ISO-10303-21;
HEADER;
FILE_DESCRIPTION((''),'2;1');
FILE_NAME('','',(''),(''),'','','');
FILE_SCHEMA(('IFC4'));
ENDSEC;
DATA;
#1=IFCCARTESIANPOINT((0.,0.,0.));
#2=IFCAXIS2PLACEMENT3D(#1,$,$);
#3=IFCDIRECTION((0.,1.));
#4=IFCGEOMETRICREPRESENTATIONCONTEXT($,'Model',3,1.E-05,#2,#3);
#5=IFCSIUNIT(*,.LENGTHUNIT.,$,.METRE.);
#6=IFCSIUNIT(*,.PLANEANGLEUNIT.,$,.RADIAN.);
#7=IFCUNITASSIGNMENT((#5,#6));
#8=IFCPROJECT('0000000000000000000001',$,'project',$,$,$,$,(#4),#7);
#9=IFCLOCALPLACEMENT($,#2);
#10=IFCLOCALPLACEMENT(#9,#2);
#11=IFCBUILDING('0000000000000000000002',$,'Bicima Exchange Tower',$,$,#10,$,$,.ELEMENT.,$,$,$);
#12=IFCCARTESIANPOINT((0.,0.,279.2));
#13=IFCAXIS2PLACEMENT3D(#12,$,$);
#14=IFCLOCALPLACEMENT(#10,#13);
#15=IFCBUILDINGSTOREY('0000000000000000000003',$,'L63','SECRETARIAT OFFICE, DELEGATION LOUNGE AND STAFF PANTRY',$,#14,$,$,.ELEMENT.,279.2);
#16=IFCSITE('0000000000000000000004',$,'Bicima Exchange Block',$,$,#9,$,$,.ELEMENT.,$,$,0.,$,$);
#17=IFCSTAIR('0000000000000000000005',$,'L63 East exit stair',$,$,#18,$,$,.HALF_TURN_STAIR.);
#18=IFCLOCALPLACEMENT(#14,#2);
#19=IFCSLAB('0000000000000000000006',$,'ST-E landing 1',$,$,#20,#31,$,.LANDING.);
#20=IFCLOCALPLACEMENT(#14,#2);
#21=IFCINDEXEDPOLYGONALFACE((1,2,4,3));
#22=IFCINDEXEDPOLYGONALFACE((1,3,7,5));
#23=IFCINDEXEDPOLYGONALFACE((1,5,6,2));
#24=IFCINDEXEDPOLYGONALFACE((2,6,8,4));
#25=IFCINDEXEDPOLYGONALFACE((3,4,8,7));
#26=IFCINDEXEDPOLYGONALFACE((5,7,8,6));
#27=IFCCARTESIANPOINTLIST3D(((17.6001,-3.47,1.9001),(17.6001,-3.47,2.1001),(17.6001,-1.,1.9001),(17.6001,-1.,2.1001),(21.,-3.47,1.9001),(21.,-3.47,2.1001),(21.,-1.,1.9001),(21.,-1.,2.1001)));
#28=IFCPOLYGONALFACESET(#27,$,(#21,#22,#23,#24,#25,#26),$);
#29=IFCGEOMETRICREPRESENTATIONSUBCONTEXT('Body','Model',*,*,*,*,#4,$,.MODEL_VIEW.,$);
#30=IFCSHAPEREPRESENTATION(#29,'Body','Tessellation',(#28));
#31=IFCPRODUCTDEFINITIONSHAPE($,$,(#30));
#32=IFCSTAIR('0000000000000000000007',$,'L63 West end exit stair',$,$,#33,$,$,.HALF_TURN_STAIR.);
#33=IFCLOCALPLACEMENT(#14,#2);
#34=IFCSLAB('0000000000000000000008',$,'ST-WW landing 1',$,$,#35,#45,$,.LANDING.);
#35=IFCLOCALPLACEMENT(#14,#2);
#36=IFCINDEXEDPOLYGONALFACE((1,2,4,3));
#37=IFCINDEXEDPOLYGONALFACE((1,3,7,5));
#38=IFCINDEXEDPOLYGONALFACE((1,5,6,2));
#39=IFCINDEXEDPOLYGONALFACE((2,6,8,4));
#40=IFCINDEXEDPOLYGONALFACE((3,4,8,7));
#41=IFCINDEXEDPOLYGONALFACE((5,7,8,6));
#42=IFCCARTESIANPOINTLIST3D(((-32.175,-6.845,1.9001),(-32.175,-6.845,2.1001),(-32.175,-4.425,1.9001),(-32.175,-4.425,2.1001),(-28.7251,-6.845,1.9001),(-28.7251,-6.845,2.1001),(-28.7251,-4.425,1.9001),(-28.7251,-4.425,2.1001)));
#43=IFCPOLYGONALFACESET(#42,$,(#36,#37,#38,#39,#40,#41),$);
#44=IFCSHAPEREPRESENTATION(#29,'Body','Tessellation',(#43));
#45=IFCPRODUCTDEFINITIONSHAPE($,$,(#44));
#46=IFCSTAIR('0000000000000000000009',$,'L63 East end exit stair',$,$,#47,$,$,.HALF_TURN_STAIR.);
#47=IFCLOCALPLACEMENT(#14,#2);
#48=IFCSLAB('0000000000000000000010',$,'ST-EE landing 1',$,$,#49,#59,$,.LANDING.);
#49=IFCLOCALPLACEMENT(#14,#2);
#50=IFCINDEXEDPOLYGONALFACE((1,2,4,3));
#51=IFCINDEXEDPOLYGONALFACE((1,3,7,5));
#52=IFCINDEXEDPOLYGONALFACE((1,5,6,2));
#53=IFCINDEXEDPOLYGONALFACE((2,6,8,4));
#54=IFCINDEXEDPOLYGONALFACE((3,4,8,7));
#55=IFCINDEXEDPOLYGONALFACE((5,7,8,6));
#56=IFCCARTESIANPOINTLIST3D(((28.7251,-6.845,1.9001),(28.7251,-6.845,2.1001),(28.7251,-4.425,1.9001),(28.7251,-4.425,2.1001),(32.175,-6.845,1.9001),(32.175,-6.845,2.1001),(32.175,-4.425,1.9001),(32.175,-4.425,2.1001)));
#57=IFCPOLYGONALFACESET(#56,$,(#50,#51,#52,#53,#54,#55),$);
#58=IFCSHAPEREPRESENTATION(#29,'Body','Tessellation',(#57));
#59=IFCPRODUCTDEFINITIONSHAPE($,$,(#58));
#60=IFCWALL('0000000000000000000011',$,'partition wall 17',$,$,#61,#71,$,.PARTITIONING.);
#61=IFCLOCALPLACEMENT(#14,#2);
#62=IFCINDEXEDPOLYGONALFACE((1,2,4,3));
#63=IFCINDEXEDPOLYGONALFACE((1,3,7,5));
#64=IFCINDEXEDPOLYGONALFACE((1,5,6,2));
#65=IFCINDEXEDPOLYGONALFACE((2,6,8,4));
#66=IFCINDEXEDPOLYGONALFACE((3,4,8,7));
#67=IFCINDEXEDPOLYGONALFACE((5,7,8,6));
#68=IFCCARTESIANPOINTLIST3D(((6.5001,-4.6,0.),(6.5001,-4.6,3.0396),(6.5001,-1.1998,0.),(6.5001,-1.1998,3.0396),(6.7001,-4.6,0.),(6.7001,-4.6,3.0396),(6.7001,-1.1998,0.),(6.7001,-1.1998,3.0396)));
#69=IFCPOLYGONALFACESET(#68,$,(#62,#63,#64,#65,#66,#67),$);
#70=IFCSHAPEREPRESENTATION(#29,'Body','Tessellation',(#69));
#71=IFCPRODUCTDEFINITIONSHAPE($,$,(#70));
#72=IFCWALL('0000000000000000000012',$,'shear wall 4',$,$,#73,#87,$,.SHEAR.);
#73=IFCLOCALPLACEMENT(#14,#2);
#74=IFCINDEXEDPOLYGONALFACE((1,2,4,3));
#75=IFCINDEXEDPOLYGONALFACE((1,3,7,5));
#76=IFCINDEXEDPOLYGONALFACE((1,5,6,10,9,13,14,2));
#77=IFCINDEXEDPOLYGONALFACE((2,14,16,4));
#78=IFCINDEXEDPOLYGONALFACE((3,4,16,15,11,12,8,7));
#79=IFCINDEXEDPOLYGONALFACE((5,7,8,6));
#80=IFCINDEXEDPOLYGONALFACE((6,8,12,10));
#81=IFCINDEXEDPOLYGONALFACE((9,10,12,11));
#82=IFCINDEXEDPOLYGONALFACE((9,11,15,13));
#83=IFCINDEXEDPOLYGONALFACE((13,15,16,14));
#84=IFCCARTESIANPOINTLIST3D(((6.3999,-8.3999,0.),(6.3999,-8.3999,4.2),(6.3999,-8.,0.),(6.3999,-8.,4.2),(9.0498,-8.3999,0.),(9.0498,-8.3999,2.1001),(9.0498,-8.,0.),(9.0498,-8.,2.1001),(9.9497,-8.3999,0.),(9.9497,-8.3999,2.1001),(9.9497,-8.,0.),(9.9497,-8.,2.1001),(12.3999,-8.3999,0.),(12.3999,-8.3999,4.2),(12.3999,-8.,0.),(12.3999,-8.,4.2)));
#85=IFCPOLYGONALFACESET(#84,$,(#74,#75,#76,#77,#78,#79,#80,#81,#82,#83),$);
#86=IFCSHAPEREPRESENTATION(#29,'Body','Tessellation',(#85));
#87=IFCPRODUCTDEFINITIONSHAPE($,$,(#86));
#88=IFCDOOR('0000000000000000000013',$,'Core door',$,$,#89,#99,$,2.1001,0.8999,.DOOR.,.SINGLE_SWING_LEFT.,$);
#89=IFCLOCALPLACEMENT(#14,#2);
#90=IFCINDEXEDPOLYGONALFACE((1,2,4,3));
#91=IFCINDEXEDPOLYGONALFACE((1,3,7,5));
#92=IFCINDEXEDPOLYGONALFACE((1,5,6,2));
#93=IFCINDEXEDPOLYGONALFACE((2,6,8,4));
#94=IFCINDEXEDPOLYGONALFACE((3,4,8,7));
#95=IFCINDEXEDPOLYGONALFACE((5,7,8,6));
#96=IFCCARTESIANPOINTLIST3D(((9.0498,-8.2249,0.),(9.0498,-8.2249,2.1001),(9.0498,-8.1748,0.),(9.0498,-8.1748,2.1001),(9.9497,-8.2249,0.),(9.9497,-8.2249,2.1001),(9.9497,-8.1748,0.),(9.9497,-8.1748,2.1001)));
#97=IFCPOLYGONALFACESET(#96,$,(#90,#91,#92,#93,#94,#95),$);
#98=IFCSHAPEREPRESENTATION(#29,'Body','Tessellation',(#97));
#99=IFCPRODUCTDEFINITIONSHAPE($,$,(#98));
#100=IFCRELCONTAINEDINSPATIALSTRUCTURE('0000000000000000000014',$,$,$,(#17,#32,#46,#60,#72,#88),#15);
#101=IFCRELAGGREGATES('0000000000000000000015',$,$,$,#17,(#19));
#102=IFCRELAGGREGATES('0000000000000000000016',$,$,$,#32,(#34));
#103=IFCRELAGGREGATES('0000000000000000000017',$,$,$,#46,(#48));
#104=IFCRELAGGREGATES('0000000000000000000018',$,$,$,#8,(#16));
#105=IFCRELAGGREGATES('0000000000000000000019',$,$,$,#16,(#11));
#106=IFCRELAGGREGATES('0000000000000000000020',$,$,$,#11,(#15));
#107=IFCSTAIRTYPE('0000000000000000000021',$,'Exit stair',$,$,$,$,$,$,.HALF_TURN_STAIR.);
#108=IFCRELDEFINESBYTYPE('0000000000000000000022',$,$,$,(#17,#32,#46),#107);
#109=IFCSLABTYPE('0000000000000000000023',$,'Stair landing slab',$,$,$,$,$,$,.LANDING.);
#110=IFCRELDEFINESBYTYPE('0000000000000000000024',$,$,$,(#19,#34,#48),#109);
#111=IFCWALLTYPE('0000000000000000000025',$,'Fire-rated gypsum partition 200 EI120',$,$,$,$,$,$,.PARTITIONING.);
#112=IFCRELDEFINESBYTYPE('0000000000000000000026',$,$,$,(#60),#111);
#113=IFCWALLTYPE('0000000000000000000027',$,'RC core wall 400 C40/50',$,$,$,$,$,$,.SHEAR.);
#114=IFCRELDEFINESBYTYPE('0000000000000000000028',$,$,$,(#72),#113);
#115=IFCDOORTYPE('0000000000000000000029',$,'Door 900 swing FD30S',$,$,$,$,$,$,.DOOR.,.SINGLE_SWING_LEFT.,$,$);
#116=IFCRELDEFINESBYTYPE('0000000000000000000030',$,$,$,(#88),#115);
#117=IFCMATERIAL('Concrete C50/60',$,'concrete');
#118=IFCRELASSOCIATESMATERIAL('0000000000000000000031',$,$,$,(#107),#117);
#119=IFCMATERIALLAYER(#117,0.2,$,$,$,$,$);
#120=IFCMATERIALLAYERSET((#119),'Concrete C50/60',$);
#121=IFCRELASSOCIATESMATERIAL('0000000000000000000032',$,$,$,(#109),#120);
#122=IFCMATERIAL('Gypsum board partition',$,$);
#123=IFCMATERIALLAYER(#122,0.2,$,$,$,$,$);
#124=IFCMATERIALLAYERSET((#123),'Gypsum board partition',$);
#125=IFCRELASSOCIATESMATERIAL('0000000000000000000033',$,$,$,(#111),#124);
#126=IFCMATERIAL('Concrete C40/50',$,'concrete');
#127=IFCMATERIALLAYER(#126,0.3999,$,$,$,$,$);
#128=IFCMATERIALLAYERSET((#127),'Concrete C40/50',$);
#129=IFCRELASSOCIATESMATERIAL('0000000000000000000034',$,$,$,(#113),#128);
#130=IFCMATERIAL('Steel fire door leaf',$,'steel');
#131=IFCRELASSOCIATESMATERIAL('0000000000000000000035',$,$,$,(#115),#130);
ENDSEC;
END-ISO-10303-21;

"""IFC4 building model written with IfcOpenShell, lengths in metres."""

from ifc_helpers import new_model, si_unit, direction, frame, frame_2d, origin, place, context, subcontext, project, spatial, polyline, rectangle, outline, extrude, material, layer, layer_set, type_object, element, fill, aggregate, save


model = new_model("IFC4")

# Units and contexts
model_context = context("Model", 3, precision=1e-05, world=origin(), true_north=direction((0.0, 1.0)))
body_context = subcontext(model_context, "Body", "Model", "MODEL_VIEW")
ifc_project = project(units=[si_unit("LENGTHUNIT", "METRE"), si_unit("PLANEANGLEUNIT", "RADIAN")], contexts=[model_context])

# Site, building, storey
site_placement = place(None, origin())
site = spatial("IfcSite", under=ifc_project, at=site_placement, Name="Bicima Exchange Block", CompositionType="ELEMENT", RefElevation=0.0)
building_placement = place(site_placement, origin())
building = spatial("IfcBuilding", under=site, at=building_placement, Name="Bicima Exchange Tower", CompositionType="ELEMENT")
storey_placement = place(building_placement, frame((0.0, 0.0, 279.2)))
storey = spatial("IfcBuildingStorey", under=building, at=storey_placement, Name="L63", Description="SECRETARIAT OFFICE, DELEGATION LOUNGE AND STAFF PANTRY", CompositionType="ELEMENT", Elevation=279.2)

# Stairs, slabs
ifc_material_1 = material(Name="Concrete C50/60", Category="concrete")
stair_type_1 = type_object("IfcStairType", Name="Exit stair", PredefinedType="HALF_TURN_STAIR", material=ifc_material_1)
stair_1_placement = place(storey_placement, origin())
stair_1 = element("IfcStair", 1, at=stair_1_placement, inside=storey, type_object=stair_type_1, Name="L63 East exit stair", PredefinedType="HALF_TURN_STAIR")
ifc_layer_1 = layer(ifc_material_1, 0.2)
ifc_layer_set_1 = layer_set([ifc_layer_1], Name="Concrete C50/60")
slab_type = type_object("IfcSlabType", Name="Stair landing slab", PredefinedType="LANDING", material=ifc_layer_set_1)
slab_1_placement = place(storey_placement, frame((0.0, 0.0, 1.9001)))
slab_1 = element("IfcSlab", 2, at=slab_1_placement, type_object=slab_type, Name="ST-E landing 1", PredefinedType="LANDING", context=body_context, shape_type="SweptSolid", body=[
    extrude(outline(polyline([(21.0, -3.47), (21.0, -1.0), (17.6001, -1.0), (17.6001, -3.47), (21.0, -3.47)])), origin(), (0.0, 0.0, 1.0), 0.2),
])
aggregate(stair_1, [slab_1])
stair_2_placement = place(storey_placement, origin())
stair_2 = element("IfcStair", 3, at=stair_2_placement, inside=storey, type_object=stair_type_1, Name="L63 West end exit stair", PredefinedType="HALF_TURN_STAIR")
slab_2_placement = place(storey_placement, frame((0.0, 0.0, 1.9001)))
slab_2 = element("IfcSlab", 4, at=slab_2_placement, type_object=slab_type, Name="ST-WW landing 1", PredefinedType="LANDING", context=body_context, shape_type="SweptSolid", body=[
    extrude(outline(polyline([(-28.7251, -6.845), (-28.7251, -4.425), (-32.175, -4.425), (-32.175, -6.845), (-28.7251, -6.845)])), origin(), (0.0, 0.0, 1.0), 0.2),
])
aggregate(stair_2, [slab_2])
stair_3_placement = place(storey_placement, origin())
stair_3 = element("IfcStair", 5, at=stair_3_placement, inside=storey, type_object=stair_type_1, Name="L63 East end exit stair", PredefinedType="HALF_TURN_STAIR")
slab_3_placement = place(storey_placement, frame((0.0, 0.0, 1.9001)))
slab_3 = element("IfcSlab", 6, at=slab_3_placement, type_object=slab_type, Name="ST-EE landing 1", PredefinedType="LANDING", context=body_context, shape_type="SweptSolid", body=[
    extrude(outline(polyline([(32.175, -6.845), (32.175, -4.425), (28.7251, -4.425), (28.7251, -6.845), (32.175, -6.845)])), origin(), (0.0, 0.0, 1.0), 0.2),
])
aggregate(stair_3, [slab_3])

# Wall
ifc_material_2 = material(Name="Gypsum board partition")
ifc_layer_2 = layer(ifc_material_2, 0.2)
ifc_layer_set_2 = layer_set([ifc_layer_2], Name="Gypsum board partition")
wall_type_1 = type_object("IfcWallType", Name="Fire-rated gypsum partition 200 EI120", PredefinedType="PARTITIONING", material=ifc_layer_set_2)
wall_1_placement = place(storey_placement, frame((6.6001, -4.6001, 0.0), z_axis=(0.0, 0.0, 1.0), x_axis=(0.0, 1.0, 0.0)))
element("IfcWall", 7, at=wall_1_placement, inside=storey, type_object=wall_type_1, Name="partition wall 17", PredefinedType="PARTITIONING", context=body_context, shape_type="SweptSolid", body=[
    extrude(rectangle(XDim=3.4001, YDim=0.2, at=frame_2d((1.7002, 0.0))), origin(), (0.0, 0.0, 1.0), 3.0396),
])

# Wall, opening, door
ifc_material_3 = material(Name="Concrete C40/50", Category="concrete")
ifc_layer_3 = layer(ifc_material_3, 0.3999)
ifc_layer_set_3 = layer_set([ifc_layer_3], Name="Concrete C40/50")
wall_type_2 = type_object("IfcWallType", Name="RC core wall 400 C40/50", PredefinedType="SHEAR", material=ifc_layer_set_3)
wall_2_placement = place(storey_placement, frame((6.3999, -8.2, 0.0), z_axis=(0.0, 0.0, 1.0), x_axis=(1.0, 0.0, 0.0)))
wall_2 = element("IfcWall", 8, at=wall_2_placement, inside=storey, type_object=wall_type_2, Name="shear wall 4", PredefinedType="SHEAR", context=body_context, shape_type="SweptSolid", body=[
    extrude(rectangle(XDim=6.0, YDim=0.3999, at=frame_2d((3.0, 0.0))), origin(), (0.0, 0.0, 1.0), 4.2),
])
opening_1_placement = place(wall_2_placement, frame((2.6499, 0.0, 0.0)))
opening_1 = element("IfcOpeningElement", 9, at=opening_1_placement, cuts=wall_2, PredefinedType="OPENING", context=body_context, shape_type="SweptSolid", body=[
    extrude(rectangle(XDim=0.8999, YDim=2.1001, at=frame_2d((0.45, 1.05))), frame((0.0, 0.2119, 0.0), z_axis=(0.0, -1.0, 0.0), x_axis=(1.0, 0.0, 0.0)), (0.0, 0.0, 1.0), 0.4238),
])
ifc_material_4 = material(Name="Steel fire door leaf", Category="steel")
door_type_1 = type_object("IfcDoorType", Name="Door 900 swing FD30S", OperationType="SINGLE_SWING_LEFT", PredefinedType="DOOR", material=ifc_material_4)
door_1_placement = place(opening_1_placement, frame((0.8999, 0.0, 0.0), z_axis=(0.0, 0.0, 1.0), x_axis=(-1.0, 0.0, 0.0)))
door_1 = element("IfcDoor", 10, at=door_1_placement, inside=storey, type_object=door_type_1, Name="Core door", OperationType="SINGLE_SWING_LEFT", OverallHeight=2.1001, OverallWidth=0.8999, PredefinedType="DOOR", context=body_context, shape_type="SweptSolid", body=[
    extrude(rectangle(XDim=0.8999, YDim=2.1001, at=frame_2d((0.45, 1.05))), frame((0.0, 0.0249, 0.0), z_axis=(0.0, -1.0, 0.0), x_axis=(1.0, 0.0, 0.0)), (0.0, 0.0, 1.0), 0.05),
])
fill(opening_1, door_1)

save(model, "model.ifc")
